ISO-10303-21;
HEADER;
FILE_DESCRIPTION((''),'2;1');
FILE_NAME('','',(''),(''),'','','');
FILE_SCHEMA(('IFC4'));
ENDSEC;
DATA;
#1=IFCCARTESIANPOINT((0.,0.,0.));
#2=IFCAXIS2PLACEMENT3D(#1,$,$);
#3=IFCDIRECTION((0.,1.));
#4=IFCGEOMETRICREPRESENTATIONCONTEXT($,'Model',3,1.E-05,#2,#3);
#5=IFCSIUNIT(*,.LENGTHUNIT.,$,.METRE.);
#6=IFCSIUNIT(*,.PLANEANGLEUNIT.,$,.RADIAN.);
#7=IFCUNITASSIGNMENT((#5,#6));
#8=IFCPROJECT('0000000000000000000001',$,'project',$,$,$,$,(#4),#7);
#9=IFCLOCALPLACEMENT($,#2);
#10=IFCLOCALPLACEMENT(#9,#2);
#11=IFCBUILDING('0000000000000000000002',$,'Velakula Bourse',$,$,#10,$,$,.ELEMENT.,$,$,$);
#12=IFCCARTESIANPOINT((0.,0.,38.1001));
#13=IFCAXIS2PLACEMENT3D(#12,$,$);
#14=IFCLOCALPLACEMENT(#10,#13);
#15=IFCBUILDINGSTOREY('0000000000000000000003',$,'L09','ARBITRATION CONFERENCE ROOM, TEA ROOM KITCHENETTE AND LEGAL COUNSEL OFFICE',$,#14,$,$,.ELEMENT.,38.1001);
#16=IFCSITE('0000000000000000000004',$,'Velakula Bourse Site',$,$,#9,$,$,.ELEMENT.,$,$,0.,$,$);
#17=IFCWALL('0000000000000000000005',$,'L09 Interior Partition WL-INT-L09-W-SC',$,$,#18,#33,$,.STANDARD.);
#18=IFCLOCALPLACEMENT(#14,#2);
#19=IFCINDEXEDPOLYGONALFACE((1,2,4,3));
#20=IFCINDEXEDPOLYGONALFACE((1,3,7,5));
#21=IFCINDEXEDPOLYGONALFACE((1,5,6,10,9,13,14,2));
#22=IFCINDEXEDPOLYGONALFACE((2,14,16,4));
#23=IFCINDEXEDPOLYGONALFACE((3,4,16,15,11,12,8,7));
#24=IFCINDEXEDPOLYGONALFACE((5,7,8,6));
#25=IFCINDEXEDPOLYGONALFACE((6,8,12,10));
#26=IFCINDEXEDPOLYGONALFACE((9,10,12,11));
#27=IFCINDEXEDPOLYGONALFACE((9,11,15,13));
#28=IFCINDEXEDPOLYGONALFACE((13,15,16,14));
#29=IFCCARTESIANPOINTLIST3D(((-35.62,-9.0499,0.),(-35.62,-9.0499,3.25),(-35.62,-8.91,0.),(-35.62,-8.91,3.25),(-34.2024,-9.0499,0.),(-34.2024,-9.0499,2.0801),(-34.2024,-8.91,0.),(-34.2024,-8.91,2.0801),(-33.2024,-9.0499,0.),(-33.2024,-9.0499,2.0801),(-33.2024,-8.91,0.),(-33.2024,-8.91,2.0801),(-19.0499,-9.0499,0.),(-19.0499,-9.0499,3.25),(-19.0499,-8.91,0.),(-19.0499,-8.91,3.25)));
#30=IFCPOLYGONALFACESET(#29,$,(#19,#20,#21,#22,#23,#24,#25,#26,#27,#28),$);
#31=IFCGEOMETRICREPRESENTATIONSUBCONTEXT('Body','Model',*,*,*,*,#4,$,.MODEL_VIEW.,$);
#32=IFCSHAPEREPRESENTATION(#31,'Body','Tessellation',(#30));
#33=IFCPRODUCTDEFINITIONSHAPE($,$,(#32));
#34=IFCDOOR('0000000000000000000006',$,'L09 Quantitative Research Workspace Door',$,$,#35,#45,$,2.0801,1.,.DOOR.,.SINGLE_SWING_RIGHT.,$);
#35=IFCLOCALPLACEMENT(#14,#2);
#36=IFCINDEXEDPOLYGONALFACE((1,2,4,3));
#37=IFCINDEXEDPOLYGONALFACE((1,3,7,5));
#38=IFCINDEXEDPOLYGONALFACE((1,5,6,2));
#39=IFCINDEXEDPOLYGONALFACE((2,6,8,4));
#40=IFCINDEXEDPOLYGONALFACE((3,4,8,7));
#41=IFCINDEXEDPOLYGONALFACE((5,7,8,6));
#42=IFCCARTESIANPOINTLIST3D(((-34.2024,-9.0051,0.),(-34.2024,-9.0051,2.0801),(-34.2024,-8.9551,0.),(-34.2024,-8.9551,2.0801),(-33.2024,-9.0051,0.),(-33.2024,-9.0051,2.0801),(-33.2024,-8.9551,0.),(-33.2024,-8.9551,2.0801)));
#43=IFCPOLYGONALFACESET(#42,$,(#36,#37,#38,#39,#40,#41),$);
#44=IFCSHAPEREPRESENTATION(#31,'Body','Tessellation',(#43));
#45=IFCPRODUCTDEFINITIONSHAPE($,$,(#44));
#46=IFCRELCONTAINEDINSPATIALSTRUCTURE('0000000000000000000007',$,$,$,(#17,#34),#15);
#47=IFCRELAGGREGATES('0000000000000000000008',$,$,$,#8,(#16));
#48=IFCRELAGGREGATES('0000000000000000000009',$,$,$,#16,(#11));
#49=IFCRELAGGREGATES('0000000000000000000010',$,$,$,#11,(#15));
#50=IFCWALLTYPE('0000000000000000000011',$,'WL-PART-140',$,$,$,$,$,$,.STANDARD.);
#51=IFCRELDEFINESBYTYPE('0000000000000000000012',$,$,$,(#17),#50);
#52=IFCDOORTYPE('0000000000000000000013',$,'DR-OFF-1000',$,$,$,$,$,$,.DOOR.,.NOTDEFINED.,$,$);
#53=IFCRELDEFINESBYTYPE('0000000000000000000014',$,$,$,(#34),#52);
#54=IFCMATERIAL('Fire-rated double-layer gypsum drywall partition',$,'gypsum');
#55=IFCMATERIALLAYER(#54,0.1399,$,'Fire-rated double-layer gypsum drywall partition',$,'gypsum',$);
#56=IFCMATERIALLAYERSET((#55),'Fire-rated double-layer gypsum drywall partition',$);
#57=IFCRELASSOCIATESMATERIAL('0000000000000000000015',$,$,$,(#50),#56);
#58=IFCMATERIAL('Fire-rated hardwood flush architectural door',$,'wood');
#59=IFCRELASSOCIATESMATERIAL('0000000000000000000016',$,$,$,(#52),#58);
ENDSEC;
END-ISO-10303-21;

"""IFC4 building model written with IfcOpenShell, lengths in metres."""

from ifc_helpers import new_model, si_unit, direction, frame, frame_2d, origin, place, context, subcontext, project, spatial, rectangle, extrude, material, layer, layer_set, type_object, element, fill, save


model = new_model("IFC4")

# Units and contexts
model_context = context("Model", 3, precision=1e-05, world=origin(), true_north=direction((0.0, 1.0)))
body_context = subcontext(model_context, "Body", "Model", "MODEL_VIEW")
ifc_project = project(units=[si_unit("LENGTHUNIT", "METRE"), si_unit("PLANEANGLEUNIT", "RADIAN")], contexts=[model_context])

# Site, building, storey
site_placement = place(None, origin())
site = spatial("IfcSite", under=ifc_project, at=site_placement, Name="Velakula Bourse Site", CompositionType="ELEMENT", RefElevation=0.0)
building_placement = place(site_placement, origin())
building = spatial("IfcBuilding", under=site, at=building_placement, Name="Velakula Bourse", CompositionType="ELEMENT")
storey_placement = place(building_placement, frame((0.0, 0.0, 38.1001)))
storey = spatial("IfcBuildingStorey", under=building, at=storey_placement, Name="L09", Description="ARBITRATION CONFERENCE ROOM, TEA ROOM KITCHENETTE AND LEGAL COUNSEL OFFICE", CompositionType="ELEMENT", Elevation=38.1001)

# Shared definitions
ifc_material_1 = material(Name="Fire-rated double-layer gypsum drywall partition", Category="gypsum")
ifc_layer_1 = layer(ifc_material_1, 0.1399, Name="Fire-rated double-layer gypsum drywall partition", Category="gypsum")
ifc_layer_set_1 = layer_set([ifc_layer_1], Name="Fire-rated double-layer gypsum drywall partition")
wall_type_1 = type_object("IfcWallType", Name="WL-PART-140", PredefinedType="STANDARD", material=ifc_layer_set_1)
ifc_material_2 = material(Name="Fire-rated hardwood flush architectural door", Category="wood")
door_type_1 = type_object("IfcDoorType", Name="DR-OFF-1000", OperationType="NOTDEFINED", PredefinedType="DOOR", material=ifc_material_2)

# Wall, opening, door
wall_1_placement = place(storey_placement, frame((-35.6201, -8.98, 0.0), z_axis=(0.0, 0.0, 1.0), x_axis=(1.0, 0.0, 0.0)))
wall_1 = element("IfcWall", 1, at=wall_1_placement, inside=storey, type_object=wall_type_1, Name="L09 Interior Partition WL-INT-L09-W-SC", PredefinedType="STANDARD", context=body_context, shape_type="SweptSolid", body=[
    extrude(rectangle(XDim=16.5701, YDim=0.1399, at=frame_2d((8.2852, 0.0))), origin(), (0.0, 0.0, 1.0), 3.25),
])
opening_1_placement = place(wall_1_placement, frame((1.4177, 0.0, 0.0)))
opening_1 = element("IfcOpeningElement", 2, at=opening_1_placement, cuts=wall_1, PredefinedType="OPENING", context=body_context, shape_type="SweptSolid", body=[
    extrude(rectangle(XDim=1.0, YDim=2.0801, at=frame_2d((0.5, 1.04))), frame((0.0, 0.0798, 0.0), z_axis=(0.0, -1.0, 0.0), x_axis=(1.0, 0.0, 0.0)), (0.0, 0.0, 1.0), 0.1599),
])
door_1_placement = place(opening_1_placement, origin())
door_1 = element("IfcDoor", 3, at=door_1_placement, inside=storey, type_object=door_type_1, Name="L09 Quantitative Research Workspace Door", OperationType="SINGLE_SWING_RIGHT", OverallHeight=2.0801, OverallWidth=1.0, PredefinedType="DOOR", context=body_context, shape_type="SweptSolid", body=[
    extrude(rectangle(XDim=1.0, YDim=2.0801, at=frame_2d((0.5, 1.04))), frame((0.0, 0.0249, 0.0), z_axis=(0.0, -1.0, 0.0), x_axis=(1.0, 0.0, 0.0)), (0.0, 0.0, 1.0), 0.05),
])
fill(opening_1, door_1)

save(model, "model.ifc")
